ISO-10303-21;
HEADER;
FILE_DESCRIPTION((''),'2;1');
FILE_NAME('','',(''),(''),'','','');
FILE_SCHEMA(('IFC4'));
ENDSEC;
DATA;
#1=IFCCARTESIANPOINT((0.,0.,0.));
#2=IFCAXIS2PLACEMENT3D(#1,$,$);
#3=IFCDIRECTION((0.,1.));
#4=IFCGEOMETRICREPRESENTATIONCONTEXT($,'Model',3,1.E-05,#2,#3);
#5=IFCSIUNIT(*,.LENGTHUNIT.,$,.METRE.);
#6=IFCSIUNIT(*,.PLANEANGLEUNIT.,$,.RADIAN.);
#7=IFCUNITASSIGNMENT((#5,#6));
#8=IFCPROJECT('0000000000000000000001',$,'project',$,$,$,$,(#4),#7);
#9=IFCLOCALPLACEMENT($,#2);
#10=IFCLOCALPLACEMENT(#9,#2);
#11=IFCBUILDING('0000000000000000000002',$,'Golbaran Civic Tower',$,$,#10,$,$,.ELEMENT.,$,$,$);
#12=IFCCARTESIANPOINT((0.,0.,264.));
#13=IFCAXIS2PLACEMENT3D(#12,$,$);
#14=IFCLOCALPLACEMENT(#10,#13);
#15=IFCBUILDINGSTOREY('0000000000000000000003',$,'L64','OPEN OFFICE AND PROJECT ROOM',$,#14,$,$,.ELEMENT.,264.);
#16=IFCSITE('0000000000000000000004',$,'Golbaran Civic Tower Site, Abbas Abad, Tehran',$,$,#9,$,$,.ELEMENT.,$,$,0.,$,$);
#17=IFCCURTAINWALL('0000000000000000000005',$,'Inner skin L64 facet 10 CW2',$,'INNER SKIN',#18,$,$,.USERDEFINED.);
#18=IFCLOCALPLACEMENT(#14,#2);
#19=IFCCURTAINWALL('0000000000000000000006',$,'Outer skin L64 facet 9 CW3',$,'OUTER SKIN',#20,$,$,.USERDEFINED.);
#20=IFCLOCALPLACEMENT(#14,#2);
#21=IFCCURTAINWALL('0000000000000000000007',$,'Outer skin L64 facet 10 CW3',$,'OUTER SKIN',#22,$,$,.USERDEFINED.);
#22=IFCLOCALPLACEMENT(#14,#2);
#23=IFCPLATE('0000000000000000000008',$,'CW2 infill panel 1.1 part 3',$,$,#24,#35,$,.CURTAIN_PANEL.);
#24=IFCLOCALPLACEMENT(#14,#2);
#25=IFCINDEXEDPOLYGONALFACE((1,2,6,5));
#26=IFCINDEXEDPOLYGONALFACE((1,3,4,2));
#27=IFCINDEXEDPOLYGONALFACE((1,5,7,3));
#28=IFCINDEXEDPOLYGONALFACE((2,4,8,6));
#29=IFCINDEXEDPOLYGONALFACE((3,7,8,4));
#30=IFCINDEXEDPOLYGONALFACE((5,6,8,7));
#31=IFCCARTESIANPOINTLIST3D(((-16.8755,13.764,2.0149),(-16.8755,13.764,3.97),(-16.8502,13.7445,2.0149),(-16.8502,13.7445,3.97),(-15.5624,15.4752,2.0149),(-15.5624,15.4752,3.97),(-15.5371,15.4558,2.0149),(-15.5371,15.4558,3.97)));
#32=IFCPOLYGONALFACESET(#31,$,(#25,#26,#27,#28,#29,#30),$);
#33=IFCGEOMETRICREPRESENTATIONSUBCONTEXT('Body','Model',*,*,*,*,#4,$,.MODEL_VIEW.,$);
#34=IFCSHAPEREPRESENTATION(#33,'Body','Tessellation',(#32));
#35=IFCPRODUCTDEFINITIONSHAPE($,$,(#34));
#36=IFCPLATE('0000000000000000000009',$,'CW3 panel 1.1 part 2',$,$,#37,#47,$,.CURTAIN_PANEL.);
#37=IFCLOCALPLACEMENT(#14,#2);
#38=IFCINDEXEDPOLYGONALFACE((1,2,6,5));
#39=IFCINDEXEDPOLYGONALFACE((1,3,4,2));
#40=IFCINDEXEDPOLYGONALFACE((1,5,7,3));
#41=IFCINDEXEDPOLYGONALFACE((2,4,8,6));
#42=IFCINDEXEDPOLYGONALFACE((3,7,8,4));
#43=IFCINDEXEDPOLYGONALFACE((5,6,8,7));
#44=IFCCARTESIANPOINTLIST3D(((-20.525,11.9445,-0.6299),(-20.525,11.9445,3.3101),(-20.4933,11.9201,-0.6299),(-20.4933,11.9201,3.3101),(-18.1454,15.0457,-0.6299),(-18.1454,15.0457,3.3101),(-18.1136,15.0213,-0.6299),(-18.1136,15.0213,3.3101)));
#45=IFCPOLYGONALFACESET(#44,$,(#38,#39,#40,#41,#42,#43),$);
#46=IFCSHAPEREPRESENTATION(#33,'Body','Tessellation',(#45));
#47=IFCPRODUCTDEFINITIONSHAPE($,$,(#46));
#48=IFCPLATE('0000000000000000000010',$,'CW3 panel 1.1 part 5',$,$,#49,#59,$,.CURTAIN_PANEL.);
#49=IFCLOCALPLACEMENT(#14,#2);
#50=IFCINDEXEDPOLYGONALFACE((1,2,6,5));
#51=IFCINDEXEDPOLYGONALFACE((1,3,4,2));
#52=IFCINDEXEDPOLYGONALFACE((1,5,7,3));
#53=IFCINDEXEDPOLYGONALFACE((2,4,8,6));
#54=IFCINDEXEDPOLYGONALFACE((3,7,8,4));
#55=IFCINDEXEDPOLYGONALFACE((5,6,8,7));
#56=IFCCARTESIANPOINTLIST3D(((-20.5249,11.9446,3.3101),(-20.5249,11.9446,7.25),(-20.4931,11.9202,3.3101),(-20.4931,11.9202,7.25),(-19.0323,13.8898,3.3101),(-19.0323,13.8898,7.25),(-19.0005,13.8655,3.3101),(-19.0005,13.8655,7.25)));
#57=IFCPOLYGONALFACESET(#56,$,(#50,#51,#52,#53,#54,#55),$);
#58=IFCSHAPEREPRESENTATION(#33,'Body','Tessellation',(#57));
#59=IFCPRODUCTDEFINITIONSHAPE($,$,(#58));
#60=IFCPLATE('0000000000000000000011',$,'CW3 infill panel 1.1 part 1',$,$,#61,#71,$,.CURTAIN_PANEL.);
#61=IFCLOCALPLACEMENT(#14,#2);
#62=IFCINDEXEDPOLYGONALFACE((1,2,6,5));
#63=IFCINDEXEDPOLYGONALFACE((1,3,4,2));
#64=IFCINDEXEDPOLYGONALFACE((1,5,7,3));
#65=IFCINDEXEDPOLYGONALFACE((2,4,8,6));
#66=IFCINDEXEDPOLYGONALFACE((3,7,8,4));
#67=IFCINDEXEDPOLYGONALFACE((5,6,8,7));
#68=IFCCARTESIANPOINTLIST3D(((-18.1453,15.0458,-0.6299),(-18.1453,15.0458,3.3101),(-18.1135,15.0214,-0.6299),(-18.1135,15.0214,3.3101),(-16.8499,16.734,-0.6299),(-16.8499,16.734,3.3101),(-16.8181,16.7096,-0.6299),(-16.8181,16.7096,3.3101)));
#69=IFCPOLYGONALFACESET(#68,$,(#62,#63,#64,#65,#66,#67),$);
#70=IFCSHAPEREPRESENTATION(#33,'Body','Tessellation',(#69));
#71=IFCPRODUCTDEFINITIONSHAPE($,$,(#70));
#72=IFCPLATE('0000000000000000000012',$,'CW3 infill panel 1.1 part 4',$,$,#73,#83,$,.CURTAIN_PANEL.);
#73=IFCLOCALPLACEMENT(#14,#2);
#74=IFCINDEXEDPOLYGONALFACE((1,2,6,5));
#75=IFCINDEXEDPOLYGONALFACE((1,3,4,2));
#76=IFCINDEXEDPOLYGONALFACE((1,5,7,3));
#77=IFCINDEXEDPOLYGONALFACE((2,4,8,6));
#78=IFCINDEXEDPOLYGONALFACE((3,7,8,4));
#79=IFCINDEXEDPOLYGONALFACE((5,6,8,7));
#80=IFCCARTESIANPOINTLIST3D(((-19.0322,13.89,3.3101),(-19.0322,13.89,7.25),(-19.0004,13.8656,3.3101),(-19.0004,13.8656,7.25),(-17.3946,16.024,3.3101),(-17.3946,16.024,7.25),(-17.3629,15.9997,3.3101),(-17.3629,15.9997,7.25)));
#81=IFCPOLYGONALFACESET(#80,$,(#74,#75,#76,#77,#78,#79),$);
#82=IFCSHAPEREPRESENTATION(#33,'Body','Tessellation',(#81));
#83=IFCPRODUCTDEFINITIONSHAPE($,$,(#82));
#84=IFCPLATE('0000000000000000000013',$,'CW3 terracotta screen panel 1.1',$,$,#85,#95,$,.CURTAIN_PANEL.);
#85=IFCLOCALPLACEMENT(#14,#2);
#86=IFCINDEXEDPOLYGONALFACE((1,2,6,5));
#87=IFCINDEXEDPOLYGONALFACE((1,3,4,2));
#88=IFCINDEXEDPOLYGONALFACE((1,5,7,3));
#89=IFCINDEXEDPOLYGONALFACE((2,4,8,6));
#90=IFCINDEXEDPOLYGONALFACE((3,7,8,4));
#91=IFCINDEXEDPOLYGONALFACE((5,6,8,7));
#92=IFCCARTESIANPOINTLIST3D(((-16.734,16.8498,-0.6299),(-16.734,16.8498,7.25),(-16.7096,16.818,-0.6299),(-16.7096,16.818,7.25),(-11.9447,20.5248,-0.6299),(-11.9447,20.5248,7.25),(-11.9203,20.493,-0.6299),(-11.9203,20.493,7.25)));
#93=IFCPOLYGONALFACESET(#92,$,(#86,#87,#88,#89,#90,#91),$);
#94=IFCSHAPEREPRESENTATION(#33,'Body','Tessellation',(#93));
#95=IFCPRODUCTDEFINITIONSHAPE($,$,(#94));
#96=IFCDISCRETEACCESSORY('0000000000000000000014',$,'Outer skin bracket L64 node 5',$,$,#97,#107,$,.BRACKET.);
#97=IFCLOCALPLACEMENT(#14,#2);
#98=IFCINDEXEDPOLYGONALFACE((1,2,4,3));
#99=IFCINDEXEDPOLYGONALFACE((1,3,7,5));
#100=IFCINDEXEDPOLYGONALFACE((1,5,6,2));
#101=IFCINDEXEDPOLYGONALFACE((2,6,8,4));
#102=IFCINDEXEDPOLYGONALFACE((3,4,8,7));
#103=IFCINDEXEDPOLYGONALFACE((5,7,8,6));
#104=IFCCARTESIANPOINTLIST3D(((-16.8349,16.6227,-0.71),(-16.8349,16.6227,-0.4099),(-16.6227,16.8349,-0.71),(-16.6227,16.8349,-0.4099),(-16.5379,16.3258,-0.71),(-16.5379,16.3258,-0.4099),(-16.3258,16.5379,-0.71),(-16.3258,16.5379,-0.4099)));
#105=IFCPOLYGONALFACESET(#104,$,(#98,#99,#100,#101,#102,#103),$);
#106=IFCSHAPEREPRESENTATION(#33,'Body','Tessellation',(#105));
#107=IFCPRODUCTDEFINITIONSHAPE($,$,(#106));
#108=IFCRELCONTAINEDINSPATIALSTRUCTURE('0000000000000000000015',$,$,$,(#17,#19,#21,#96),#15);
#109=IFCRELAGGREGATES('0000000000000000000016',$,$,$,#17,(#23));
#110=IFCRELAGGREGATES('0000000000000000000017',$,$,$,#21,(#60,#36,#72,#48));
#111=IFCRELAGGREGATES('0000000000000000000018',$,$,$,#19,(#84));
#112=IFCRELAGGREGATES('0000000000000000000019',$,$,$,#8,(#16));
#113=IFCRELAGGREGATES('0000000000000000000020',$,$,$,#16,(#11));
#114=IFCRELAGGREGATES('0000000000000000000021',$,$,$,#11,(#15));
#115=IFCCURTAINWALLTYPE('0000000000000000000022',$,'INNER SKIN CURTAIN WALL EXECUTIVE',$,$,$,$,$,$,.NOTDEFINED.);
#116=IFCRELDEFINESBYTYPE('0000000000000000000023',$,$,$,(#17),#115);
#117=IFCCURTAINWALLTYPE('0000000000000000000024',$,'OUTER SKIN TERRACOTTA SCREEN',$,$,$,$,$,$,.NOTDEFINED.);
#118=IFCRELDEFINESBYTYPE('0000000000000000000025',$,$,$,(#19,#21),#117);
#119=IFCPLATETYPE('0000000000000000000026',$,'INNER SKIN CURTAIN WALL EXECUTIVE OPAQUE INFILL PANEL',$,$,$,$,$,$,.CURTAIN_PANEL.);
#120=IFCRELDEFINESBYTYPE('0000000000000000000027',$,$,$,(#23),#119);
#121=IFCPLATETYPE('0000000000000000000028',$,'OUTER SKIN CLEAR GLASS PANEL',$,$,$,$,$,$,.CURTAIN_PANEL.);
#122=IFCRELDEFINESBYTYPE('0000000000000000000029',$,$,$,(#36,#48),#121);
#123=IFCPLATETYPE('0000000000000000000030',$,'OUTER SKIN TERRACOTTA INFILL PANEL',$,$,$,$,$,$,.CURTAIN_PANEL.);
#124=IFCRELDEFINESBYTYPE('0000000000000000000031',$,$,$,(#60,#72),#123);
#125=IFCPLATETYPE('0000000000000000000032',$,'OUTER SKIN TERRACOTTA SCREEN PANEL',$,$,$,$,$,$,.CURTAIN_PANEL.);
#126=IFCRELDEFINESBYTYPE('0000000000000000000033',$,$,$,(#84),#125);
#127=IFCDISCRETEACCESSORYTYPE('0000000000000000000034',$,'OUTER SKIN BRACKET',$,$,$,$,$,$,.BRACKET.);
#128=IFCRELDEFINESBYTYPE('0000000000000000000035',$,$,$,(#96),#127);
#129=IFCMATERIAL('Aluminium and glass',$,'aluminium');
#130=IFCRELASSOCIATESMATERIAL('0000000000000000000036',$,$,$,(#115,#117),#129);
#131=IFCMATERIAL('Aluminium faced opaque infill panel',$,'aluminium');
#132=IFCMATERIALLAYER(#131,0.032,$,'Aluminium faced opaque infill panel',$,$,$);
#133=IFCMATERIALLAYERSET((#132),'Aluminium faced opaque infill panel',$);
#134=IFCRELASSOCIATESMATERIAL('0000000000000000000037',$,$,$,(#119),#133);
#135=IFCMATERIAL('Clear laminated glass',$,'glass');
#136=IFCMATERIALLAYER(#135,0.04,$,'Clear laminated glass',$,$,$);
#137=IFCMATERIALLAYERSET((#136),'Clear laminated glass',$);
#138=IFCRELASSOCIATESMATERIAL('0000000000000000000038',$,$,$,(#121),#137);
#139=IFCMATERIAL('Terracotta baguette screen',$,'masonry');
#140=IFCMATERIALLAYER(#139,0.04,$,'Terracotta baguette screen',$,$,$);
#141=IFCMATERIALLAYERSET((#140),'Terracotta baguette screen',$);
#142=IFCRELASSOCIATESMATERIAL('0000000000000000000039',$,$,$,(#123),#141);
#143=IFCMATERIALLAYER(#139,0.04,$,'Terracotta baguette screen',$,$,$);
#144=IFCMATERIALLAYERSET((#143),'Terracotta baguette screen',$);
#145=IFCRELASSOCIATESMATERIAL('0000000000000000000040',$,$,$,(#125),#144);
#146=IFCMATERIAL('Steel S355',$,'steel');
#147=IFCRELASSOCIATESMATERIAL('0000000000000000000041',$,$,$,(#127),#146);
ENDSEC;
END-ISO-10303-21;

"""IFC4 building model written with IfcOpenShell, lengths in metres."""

from ifc_helpers import new_model, si_unit, direction, frame, origin, origin_2d, place, context, subcontext, project, spatial, rectangle, extrude, material, layer, layer_set, type_object, element, aggregate, save


model = new_model("IFC4")

# Units and contexts
model_context = context("Model", 3, precision=1e-05, world=origin(), true_north=direction((0.0, 1.0)))
body_context = subcontext(model_context, "Body", "Model", "MODEL_VIEW")
ifc_project = project(units=[si_unit("LENGTHUNIT", "METRE"), si_unit("PLANEANGLEUNIT", "RADIAN")], contexts=[model_context])

# Site, building, storey
site_placement = place(None, origin())
site = spatial("IfcSite", under=ifc_project, at=site_placement, Name="Golbaran Civic Tower Site, Abbas Abad, Tehran", CompositionType="ELEMENT", RefElevation=0.0)
building_placement = place(site_placement, origin())
building = spatial("IfcBuilding", under=site, at=building_placement, Name="Golbaran Civic Tower", CompositionType="ELEMENT")
storey_placement = place(building_placement, frame((0.0, 0.0, 264.0)))
storey = spatial("IfcBuildingStorey", under=building, at=storey_placement, Name="L64", Description="OPEN OFFICE AND PROJECT ROOM", CompositionType="ELEMENT", Elevation=264.0)

# Shared definitions
ifc_material_1 = material(Name="Steel S355", Category="steel")

# Shared definitions
ifc_material_2 = material(Name="Aluminium and glass", Category="aluminium")
curtain_wall_type_1 = type_object("IfcCurtainWallType", Name="INNER SKIN CURTAIN WALL EXECUTIVE", PredefinedType="NOTDEFINED", material=ifc_material_2)

# Curtain wall
curtain_wall_1_placement = place(storey_placement, origin())
curtain_wall_1 = element("IfcCurtainWall", 1, at=curtain_wall_1_placement, inside=storey, type_object=curtain_wall_type_1, Name="Inner skin L64 facet 10 CW2", ObjectType="INNER SKIN", PredefinedType="USERDEFINED")

# Curtain wall
curtain_wall_type_2 = type_object("IfcCurtainWallType", Name="OUTER SKIN TERRACOTTA SCREEN", PredefinedType="NOTDEFINED", material=ifc_material_2)
curtain_wall_2_placement = place(storey_placement, origin())
curtain_wall_2 = element("IfcCurtainWall", 2, at=curtain_wall_2_placement, inside=storey, type_object=curtain_wall_type_2, Name="Outer skin L64 facet 9 CW3", ObjectType="OUTER SKIN", PredefinedType="USERDEFINED")

# Curtain wall
curtain_wall_3_placement = place(storey_placement, origin())
curtain_wall_3 = element("IfcCurtainWall", 3, at=curtain_wall_3_placement, inside=storey, type_object=curtain_wall_type_2, Name="Outer skin L64 facet 10 CW3", ObjectType="OUTER SKIN", PredefinedType="USERDEFINED")

# Plates
ifc_material_3 = material(Name="Aluminium faced opaque infill panel", Category="aluminium")
ifc_layer_1 = layer(ifc_material_3, 0.032, Name="Aluminium faced opaque infill panel")
ifc_layer_set_1 = layer_set([ifc_layer_1], Name="Aluminium faced opaque infill panel")
plate_type_1 = type_object("IfcPlateType", Name="INNER SKIN CURTAIN WALL EXECUTIVE OPAQUE INFILL PANEL", PredefinedType="CURTAIN_PANEL", material=ifc_layer_set_1)
plate_1_placement = place(storey_placement, frame((-16.2063, 14.6099, 2.0149), z_axis=(0.0, 0.0, 1.0), x_axis=(-0.608761, -0.793353, 0.0)))
plate_1 = element("IfcPlate", 4, at=plate_1_placement, type_object=plate_type_1, Name="CW2 infill panel 1.1 part 3", PredefinedType="CURTAIN_PANEL", context=body_context, shape_type="SweptSolid", body=[
    extrude(rectangle(XDim=2.157, YDim=0.032, at=origin_2d()), origin(), (0.0, 0.0, 1.0), 1.9551),
])
aggregate(curtain_wall_1, [plate_1])
ifc_material_4 = material(Name="Clear laminated glass", Category="glass")
ifc_layer_2 = layer(ifc_material_4, 0.04, Name="Clear laminated glass")
ifc_layer_set_2 = layer_set([ifc_layer_2], Name="Clear laminated glass")
plate_type_2 = type_object("IfcPlateType", Name="OUTER SKIN CLEAR GLASS PANEL", PredefinedType="CURTAIN_PANEL", material=ifc_layer_set_2)
plate_2_placement = place(storey_placement, frame((-19.3193, 13.4829, -0.6299), z_axis=(0.0, 0.0, 1.0), x_axis=(-0.608761, -0.793353, 0.0)))
plate_2 = element("IfcPlate", 5, at=plate_2_placement, type_object=plate_type_2, Name="CW3 panel 1.1 part 2", PredefinedType="CURTAIN_PANEL", context=body_context, shape_type="SweptSolid", body=[
    extrude(rectangle(XDim=3.9089, YDim=0.04, at=origin_2d()), origin(), (0.0, 0.0, 1.0), 3.9399),
])
plate_3_placement = place(storey_placement, frame((-19.7627, 12.905, 3.3101), z_axis=(0.0, 0.0, 1.0), x_axis=(-0.608761, -0.793353, 0.0)))
plate_3 = element("IfcPlate", 6, at=plate_3_placement, type_object=plate_type_2, Name="CW3 panel 1.1 part 5", PredefinedType="CURTAIN_PANEL", context=body_context, shape_type="SweptSolid", body=[
    extrude(rectangle(XDim=2.4519, YDim=0.04, at=origin_2d()), origin(), (0.0, 0.0, 1.0), 3.9399),
])
ifc_material_5 = material(Name="Terracotta baguette screen", Category="masonry")
ifc_layer_3 = layer(ifc_material_5, 0.04, Name="Terracotta baguette screen")
ifc_layer_set_3 = layer_set([ifc_layer_3], Name="Terracotta baguette screen")
plate_type_3 = type_object("IfcPlateType", Name="OUTER SKIN TERRACOTTA INFILL PANEL", PredefinedType="CURTAIN_PANEL", material=ifc_layer_set_3)
plate_4_placement = place(storey_placement, frame((-17.4817, 15.8777, -0.6299), z_axis=(0.0, 0.0, 1.0), x_axis=(-0.608761, -0.793353, 0.0)))
plate_4 = element("IfcPlate", 7, at=plate_4_placement, type_object=plate_type_3, Name="CW3 infill panel 1.1 part 1", PredefinedType="CURTAIN_PANEL", context=body_context, shape_type="SweptSolid", body=[
    extrude(rectangle(XDim=2.1279, YDim=0.04, at=origin_2d()), origin(), (0.0, 0.0, 1.0), 3.9399),
])
plate_5_placement = place(storey_placement, frame((-18.1975, 14.9448, 3.3101), z_axis=(0.0, 0.0, 1.0), x_axis=(-0.608761, -0.793353, 0.0)))
plate_5 = element("IfcPlate", 8, at=plate_5_placement, type_object=plate_type_3, Name="CW3 infill panel 1.1 part 4", PredefinedType="CURTAIN_PANEL", context=body_context, shape_type="SweptSolid", body=[
    extrude(rectangle(XDim=2.6899, YDim=0.04, at=origin_2d()), origin(), (0.0, 0.0, 1.0), 3.9399),
])
aggregate(curtain_wall_3, [plate_4, plate_2, plate_5, plate_3])
ifc_layer_4 = layer(ifc_material_5, 0.04, Name="Terracotta baguette screen")
ifc_layer_set_4 = layer_set([ifc_layer_4], Name="Terracotta baguette screen")
plate_type_4 = type_object("IfcPlateType", Name="OUTER SKIN TERRACOTTA SCREEN PANEL", PredefinedType="CURTAIN_PANEL", material=ifc_layer_set_4)
plate_6_placement = place(storey_placement, frame((-14.3271, 18.6714, -0.6299), z_axis=(0.0, 0.0, 1.0), x_axis=(-0.793353, -0.608761, 0.0)))
plate_6 = element("IfcPlate", 9, at=plate_6_placement, type_object=plate_type_4, Name="CW3 terracotta screen panel 1.1", PredefinedType="CURTAIN_PANEL", context=body_context, shape_type="SweptSolid", body=[
    extrude(rectangle(XDim=6.0369, YDim=0.04, at=origin_2d()), origin(), (0.0, 0.0, 1.0), 7.8799),
])
aggregate(curtain_wall_2, [plate_6])

# Discrete accessory
discrete_accessory_type = type_object("IfcDiscreteAccessoryType", Name="OUTER SKIN BRACKET", PredefinedType="BRACKET", material=ifc_material_1)
discrete_accessory_placement = place(storey_placement, frame((-16.5803, 16.5803, -0.71), z_axis=(0.0, 0.0, 1.0), x_axis=(-0.707107, 0.707107, 0.0)))
element("IfcDiscreteAccessory", 10, at=discrete_accessory_placement, inside=storey, type_object=discrete_accessory_type, Name="Outer skin bracket L64 node 5", PredefinedType="BRACKET", context=body_context, shape_type="SweptSolid", body=[
    extrude(rectangle(XDim=0.4199, YDim=0.3, at=origin_2d()), origin(), (0.0, 0.0, 1.0), 0.3),
])

save(model, "model.ifc")
